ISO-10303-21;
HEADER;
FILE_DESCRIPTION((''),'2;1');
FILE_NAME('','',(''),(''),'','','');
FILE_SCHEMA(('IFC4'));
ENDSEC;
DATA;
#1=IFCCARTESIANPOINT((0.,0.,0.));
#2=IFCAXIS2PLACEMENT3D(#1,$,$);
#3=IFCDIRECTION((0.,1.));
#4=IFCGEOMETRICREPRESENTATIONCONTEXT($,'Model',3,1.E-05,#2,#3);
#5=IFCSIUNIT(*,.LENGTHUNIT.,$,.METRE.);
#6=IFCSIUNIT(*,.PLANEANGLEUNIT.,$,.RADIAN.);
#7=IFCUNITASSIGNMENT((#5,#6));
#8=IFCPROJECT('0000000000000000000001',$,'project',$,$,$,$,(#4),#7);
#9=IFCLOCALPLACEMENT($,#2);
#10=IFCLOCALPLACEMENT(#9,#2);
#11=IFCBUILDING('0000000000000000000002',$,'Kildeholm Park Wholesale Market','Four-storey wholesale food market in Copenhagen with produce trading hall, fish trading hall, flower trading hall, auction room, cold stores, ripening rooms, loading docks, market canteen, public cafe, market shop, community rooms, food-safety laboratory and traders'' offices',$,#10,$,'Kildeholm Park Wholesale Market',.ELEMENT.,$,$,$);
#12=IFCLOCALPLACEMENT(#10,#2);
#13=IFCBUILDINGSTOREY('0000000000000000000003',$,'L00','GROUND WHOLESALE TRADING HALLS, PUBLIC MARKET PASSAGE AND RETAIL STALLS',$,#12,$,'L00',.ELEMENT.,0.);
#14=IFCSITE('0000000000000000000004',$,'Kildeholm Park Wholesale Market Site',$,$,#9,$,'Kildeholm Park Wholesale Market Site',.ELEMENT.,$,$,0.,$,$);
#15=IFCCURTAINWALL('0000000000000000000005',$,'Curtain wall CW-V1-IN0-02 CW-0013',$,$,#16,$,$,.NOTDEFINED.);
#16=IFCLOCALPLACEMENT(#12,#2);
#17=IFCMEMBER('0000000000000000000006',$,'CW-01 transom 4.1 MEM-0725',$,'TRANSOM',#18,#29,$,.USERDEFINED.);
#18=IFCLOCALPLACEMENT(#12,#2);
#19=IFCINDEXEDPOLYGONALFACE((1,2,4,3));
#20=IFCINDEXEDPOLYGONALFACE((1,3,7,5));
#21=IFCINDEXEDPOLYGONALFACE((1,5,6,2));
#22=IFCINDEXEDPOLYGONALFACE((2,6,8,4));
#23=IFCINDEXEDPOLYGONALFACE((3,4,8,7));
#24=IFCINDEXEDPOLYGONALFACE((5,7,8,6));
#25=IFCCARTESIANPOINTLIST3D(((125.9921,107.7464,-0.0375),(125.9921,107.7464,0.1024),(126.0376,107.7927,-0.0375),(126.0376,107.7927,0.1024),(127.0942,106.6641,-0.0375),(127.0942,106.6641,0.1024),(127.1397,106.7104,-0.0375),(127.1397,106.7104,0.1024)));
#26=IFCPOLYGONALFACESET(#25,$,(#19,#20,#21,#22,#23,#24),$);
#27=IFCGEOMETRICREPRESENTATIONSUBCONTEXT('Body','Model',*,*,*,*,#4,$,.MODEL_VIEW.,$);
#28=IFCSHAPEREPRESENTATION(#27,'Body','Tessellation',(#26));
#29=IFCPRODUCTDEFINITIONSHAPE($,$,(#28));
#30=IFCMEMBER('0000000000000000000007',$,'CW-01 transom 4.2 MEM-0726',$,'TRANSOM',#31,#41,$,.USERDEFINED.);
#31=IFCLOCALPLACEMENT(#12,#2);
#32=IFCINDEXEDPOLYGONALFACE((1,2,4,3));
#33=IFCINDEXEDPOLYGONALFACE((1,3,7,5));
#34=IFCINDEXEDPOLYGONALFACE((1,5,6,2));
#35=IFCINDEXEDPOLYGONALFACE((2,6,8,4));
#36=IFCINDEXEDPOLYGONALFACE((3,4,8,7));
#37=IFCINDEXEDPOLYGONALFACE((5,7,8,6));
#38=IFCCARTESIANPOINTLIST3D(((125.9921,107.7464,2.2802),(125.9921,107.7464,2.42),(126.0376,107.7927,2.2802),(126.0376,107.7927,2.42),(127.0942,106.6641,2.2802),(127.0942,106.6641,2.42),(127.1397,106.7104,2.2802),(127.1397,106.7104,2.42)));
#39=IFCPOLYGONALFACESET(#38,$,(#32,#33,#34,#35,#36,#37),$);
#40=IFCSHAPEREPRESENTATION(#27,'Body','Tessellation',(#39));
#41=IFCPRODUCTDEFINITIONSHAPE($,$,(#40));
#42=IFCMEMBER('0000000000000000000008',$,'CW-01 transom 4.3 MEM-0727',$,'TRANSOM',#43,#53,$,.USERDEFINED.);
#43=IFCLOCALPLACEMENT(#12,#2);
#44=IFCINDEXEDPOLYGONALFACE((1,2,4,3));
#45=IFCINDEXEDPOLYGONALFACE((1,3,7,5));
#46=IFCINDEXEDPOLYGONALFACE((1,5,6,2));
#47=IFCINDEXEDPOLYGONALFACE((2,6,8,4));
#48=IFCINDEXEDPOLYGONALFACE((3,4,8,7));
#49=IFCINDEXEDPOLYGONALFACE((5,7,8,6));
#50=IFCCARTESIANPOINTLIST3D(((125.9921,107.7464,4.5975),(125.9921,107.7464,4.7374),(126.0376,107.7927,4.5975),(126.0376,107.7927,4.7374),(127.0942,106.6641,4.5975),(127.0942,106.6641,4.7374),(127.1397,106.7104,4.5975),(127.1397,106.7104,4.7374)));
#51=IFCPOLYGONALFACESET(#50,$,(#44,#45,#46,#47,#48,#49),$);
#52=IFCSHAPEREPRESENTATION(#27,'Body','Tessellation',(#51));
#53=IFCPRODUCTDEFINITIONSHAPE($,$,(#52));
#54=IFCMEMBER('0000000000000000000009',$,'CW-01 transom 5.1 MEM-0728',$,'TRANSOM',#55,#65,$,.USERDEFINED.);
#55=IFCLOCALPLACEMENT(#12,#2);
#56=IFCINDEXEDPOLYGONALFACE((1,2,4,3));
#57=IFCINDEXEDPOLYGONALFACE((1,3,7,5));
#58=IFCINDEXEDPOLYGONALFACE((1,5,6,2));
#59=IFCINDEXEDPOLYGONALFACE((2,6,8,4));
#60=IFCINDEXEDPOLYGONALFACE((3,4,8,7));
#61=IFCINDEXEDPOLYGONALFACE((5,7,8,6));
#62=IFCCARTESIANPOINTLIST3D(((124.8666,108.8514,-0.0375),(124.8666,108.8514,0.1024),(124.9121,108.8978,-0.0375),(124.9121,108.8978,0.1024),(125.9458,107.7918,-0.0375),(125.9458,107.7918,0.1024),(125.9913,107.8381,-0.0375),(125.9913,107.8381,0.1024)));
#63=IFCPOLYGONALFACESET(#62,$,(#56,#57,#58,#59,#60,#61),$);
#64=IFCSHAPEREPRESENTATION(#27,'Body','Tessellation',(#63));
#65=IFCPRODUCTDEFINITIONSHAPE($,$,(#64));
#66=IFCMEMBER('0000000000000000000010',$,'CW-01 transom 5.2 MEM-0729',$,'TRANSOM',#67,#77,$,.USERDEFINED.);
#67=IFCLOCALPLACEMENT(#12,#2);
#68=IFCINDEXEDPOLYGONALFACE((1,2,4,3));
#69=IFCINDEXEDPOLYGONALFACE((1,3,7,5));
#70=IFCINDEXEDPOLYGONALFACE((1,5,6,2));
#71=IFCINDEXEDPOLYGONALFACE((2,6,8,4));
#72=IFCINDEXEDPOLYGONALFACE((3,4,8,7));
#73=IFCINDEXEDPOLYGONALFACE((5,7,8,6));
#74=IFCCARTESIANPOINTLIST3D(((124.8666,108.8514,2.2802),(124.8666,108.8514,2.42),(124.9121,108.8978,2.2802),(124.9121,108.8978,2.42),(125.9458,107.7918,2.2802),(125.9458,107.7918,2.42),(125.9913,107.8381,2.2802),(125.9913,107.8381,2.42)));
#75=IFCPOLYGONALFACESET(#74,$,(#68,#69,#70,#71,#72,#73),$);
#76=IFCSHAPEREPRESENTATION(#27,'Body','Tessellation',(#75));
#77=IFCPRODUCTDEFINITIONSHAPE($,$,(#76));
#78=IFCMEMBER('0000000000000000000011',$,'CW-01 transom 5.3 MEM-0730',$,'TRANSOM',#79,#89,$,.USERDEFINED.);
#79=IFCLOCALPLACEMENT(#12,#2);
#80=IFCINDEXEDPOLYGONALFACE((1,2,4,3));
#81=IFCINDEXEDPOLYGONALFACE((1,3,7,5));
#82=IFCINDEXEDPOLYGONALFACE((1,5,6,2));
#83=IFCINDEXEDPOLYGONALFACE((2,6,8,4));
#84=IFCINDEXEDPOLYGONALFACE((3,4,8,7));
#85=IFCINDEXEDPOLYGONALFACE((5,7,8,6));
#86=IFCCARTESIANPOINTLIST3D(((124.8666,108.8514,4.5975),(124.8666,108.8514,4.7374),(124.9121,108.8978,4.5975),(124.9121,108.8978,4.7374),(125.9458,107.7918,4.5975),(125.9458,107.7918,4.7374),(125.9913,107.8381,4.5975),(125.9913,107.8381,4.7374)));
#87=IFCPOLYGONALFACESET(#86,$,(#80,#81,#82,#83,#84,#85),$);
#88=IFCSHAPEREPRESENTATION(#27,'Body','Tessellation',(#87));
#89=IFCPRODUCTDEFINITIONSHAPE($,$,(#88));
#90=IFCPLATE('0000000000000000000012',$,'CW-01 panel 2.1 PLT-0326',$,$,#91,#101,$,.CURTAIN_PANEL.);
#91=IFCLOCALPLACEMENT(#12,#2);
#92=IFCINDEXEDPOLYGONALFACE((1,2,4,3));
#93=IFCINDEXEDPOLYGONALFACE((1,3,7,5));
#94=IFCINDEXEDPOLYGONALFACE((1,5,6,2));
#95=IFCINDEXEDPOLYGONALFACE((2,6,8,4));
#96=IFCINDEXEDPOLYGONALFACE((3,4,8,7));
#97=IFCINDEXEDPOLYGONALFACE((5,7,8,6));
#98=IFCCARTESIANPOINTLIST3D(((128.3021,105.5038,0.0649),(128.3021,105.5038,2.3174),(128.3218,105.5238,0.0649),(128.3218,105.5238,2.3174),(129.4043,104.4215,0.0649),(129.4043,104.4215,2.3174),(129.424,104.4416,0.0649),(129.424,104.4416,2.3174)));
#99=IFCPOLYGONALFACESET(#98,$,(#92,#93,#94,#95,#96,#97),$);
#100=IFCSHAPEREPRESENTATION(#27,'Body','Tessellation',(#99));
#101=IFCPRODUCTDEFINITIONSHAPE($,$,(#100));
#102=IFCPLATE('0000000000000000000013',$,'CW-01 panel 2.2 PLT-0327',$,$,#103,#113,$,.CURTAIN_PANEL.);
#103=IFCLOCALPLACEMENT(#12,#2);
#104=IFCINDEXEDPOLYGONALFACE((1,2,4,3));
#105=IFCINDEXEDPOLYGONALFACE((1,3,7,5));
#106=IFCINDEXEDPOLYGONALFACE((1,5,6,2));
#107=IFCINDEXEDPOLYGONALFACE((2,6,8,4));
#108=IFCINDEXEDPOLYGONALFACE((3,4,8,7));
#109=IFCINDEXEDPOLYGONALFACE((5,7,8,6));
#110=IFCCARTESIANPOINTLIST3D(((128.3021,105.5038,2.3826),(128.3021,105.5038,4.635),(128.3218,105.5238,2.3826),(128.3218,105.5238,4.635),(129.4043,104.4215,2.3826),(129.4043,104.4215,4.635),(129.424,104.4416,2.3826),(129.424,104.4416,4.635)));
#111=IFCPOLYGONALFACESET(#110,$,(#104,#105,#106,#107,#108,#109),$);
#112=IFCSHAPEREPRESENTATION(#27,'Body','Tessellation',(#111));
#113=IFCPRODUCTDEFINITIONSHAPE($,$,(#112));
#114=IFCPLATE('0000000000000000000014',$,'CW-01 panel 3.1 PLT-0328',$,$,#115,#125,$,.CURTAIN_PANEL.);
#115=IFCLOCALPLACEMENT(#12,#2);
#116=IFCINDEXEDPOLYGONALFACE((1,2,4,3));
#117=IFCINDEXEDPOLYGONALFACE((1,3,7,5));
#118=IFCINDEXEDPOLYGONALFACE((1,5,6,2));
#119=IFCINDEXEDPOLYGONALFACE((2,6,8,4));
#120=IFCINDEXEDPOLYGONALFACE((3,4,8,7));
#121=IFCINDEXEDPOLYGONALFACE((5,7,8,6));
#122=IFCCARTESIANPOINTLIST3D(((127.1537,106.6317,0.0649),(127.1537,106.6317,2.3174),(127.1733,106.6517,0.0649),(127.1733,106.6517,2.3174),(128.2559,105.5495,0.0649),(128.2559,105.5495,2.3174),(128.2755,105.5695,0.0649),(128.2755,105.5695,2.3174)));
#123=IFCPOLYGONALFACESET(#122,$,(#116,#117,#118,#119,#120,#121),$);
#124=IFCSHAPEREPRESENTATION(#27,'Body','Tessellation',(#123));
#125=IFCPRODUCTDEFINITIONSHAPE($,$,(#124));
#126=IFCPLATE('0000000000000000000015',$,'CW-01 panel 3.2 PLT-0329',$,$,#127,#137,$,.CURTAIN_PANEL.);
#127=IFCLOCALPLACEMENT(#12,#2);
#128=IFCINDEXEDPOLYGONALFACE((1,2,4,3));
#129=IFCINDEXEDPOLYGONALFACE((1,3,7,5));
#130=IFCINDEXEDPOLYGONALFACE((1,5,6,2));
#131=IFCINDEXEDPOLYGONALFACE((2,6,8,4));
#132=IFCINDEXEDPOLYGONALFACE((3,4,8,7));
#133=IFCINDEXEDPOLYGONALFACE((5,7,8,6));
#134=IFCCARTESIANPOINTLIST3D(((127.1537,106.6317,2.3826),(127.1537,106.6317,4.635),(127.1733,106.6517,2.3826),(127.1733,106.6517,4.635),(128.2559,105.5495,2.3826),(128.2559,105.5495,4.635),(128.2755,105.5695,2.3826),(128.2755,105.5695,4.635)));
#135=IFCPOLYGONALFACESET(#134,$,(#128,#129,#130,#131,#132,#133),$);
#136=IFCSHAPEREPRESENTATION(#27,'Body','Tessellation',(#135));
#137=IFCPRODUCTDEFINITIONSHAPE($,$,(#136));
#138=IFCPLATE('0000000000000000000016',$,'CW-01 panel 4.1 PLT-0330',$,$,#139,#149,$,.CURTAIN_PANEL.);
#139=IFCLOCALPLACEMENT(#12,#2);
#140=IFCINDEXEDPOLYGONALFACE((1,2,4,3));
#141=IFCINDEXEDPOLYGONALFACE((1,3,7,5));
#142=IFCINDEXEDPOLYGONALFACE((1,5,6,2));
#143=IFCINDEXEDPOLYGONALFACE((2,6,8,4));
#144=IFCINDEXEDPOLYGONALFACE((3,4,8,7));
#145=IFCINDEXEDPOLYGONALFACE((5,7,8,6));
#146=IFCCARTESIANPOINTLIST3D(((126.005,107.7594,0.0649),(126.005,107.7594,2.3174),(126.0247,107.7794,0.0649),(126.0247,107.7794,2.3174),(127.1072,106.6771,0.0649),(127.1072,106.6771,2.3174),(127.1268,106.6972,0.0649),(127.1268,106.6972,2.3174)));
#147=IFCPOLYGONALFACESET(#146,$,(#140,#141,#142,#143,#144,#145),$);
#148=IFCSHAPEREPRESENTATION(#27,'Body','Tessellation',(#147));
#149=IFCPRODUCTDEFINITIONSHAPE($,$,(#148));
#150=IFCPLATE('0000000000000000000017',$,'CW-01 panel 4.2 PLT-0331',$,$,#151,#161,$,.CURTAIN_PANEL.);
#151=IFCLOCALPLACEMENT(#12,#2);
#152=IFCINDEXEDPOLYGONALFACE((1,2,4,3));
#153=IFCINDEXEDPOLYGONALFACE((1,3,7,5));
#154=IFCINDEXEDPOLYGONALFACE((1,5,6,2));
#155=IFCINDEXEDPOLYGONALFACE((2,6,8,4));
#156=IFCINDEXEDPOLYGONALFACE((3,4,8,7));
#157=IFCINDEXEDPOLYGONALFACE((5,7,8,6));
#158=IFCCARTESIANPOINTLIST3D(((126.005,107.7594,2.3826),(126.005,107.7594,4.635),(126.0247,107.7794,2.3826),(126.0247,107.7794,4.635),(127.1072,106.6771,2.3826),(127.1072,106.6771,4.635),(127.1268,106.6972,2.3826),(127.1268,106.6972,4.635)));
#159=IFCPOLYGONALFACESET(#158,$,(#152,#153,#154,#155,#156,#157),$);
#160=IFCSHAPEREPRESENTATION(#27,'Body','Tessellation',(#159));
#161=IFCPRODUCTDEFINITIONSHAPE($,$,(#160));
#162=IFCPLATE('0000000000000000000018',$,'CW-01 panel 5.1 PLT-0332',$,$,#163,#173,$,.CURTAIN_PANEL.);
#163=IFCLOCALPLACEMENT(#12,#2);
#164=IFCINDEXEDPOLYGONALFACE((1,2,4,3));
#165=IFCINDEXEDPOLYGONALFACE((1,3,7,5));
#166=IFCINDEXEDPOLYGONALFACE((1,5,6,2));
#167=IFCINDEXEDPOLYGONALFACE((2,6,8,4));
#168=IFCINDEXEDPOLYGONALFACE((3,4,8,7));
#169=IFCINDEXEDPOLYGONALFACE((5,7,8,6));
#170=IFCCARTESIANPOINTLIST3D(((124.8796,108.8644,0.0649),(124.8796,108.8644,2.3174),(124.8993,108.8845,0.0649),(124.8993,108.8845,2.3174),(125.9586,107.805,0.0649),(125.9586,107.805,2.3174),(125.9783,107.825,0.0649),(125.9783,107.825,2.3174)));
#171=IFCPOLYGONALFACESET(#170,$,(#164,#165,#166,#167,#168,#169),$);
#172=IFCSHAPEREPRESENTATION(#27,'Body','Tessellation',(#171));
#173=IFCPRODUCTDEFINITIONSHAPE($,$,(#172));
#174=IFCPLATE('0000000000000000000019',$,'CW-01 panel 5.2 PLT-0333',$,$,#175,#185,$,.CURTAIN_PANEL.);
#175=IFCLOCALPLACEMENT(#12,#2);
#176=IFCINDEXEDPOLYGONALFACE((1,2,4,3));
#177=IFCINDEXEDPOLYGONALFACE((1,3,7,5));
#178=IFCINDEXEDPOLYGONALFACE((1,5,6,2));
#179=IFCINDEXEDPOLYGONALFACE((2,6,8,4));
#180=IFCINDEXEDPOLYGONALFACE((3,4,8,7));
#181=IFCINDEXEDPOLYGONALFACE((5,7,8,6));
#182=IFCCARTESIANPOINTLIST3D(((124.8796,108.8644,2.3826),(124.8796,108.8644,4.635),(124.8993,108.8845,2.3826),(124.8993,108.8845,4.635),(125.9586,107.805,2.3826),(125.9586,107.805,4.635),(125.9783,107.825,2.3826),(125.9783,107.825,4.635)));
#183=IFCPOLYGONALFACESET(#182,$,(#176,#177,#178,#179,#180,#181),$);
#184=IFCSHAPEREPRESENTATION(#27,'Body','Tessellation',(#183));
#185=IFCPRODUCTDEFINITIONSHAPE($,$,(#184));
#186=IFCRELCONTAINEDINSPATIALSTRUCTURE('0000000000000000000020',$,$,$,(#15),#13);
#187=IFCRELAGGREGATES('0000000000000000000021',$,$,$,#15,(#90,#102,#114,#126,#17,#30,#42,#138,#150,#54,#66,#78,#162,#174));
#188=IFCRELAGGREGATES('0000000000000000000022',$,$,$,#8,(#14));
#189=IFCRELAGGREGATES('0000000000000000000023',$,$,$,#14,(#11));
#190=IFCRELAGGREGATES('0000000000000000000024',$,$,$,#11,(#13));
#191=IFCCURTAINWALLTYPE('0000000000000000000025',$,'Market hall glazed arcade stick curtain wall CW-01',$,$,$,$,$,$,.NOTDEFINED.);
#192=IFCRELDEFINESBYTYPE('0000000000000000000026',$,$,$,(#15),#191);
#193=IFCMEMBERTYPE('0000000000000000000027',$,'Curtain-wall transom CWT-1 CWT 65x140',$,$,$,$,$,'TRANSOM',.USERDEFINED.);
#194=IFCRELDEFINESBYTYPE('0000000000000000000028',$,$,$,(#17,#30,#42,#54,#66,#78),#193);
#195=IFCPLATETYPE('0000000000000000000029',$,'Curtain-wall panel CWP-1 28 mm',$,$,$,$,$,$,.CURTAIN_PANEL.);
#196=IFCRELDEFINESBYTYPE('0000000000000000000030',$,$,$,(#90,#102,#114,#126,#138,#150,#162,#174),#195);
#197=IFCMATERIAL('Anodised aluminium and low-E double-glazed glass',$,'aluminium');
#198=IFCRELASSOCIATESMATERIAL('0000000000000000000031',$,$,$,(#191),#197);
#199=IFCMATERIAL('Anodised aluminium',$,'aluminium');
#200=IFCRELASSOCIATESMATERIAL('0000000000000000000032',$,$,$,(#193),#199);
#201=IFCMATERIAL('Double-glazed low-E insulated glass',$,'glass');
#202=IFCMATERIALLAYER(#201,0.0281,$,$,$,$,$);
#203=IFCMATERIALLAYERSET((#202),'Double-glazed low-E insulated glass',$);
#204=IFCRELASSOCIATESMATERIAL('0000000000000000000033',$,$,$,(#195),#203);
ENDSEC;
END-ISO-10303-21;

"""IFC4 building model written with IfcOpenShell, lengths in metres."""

from ifc_helpers import new_model, si_unit, direction, frame, origin, origin_2d, place, context, subcontext, project, spatial, rectangle, extrude, material, layer, layer_set, material_profile, profile_set, type_object, element, aggregate, save


model = new_model("IFC4")

# Units and contexts
model_context = context("Model", 3, precision=1e-05, world=origin(), true_north=direction((0.0, 1.0)))
body_context = subcontext(model_context, "Body", "Model", "MODEL_VIEW")
ifc_project = project(units=[si_unit("LENGTHUNIT", "METRE"), si_unit("PLANEANGLEUNIT", "RADIAN")], contexts=[model_context])

# Site, building, storey
site_placement = place(None, origin())
site = spatial("IfcSite", under=ifc_project, at=site_placement, Name="Kildeholm Park Wholesale Market Site", LongName="Kildeholm Park Wholesale Market Site", CompositionType="ELEMENT", RefElevation=0.0)
building_placement = place(site_placement, origin())
building = spatial("IfcBuilding", under=site, at=building_placement, Name="Kildeholm Park Wholesale Market", Description="Four-storey wholesale food market in Copenhagen with produce trading hall, fish trading hall, flower trading hall, auction room, cold stores, ripening rooms, loading docks, market canteen, public cafe, market shop, community rooms, food-safety laboratory and traders' offices", LongName="Kildeholm Park Wholesale Market", CompositionType="ELEMENT")
storey_placement = place(building_placement, origin())
storey = spatial("IfcBuildingStorey", under=building, at=storey_placement, Name="L00", Description="GROUND WHOLESALE TRADING HALLS, PUBLIC MARKET PASSAGE AND RETAIL STALLS", LongName="L00", CompositionType="ELEMENT", Elevation=0.0)

# Curtain wall, members, plates
ifc_material_1 = material(Name="Anodised aluminium and low-E double-glazed glass", Category="aluminium")
curtain_wall_type = type_object("IfcCurtainWallType", Name="Market hall glazed arcade stick curtain wall CW-01", PredefinedType="NOTDEFINED", material=ifc_material_1)
curtain_wall_placement = place(storey_placement, origin())
curtain_wall = element("IfcCurtainWall", 1, at=curtain_wall_placement, inside=storey, type_object=curtain_wall_type, Name="Curtain wall CW-V1-IN0-02 CW-0013", PredefinedType="NOTDEFINED")
ifc_material_2 = material(Name="Anodised aluminium", Category="aluminium")
ifc_material_profile_1 = material_profile(ifc_material_2, rectangle(XDim=0.0649, YDim=0.1399, at=origin_2d()), Name="CWT 65x140")
ifc_profile_set_1 = profile_set([ifc_material_profile_1], Name="Anodised aluminium")
member_type_1 = type_object("IfcMemberType", Name="Curtain-wall transom CWT-1 CWT 65x140", ElementType="TRANSOM", PredefinedType="USERDEFINED", material=ifc_profile_set_1)
member_1_placement = place(storey_placement, frame((127.1169, 106.6873, 0.0325), z_axis=(-0.713479, 0.700676, 0.0), x_axis=(-0.700676, -0.713479, 0.0)))
member_1 = element("IfcMember", 2, at=member_1_placement, type_object=member_type_1, Name="CW-01 transom 4.1 MEM-0725", ObjectType="TRANSOM", PredefinedType="USERDEFINED", context=body_context, shape_type="SweptSolid", body=[
    extrude(rectangle(XDim=0.0649, YDim=0.1399, at=origin_2d()), origin(), (0.0, 0.0, 1.0), 1.5447),
])
member_2_placement = place(storey_placement, frame((127.1169, 106.6873, 2.3501), z_axis=(-0.713479, 0.700676, 0.0), x_axis=(-0.700676, -0.713479, 0.0)))
member_2 = element("IfcMember", 3, at=member_2_placement, type_object=member_type_1, Name="CW-01 transom 4.2 MEM-0726", ObjectType="TRANSOM", PredefinedType="USERDEFINED", context=body_context, shape_type="SweptSolid", body=[
    extrude(rectangle(XDim=0.0649, YDim=0.1399, at=origin_2d()), origin(), (0.0, 0.0, 1.0), 1.5447),
])
member_3_placement = place(storey_placement, frame((127.1169, 106.6873, 4.6675), z_axis=(-0.713479, 0.700676, 0.0), x_axis=(-0.700676, -0.713479, 0.0)))
member_3 = element("IfcMember", 4, at=member_3_placement, type_object=member_type_1, Name="CW-01 transom 4.3 MEM-0727", ObjectType="TRANSOM", PredefinedType="USERDEFINED", context=body_context, shape_type="SweptSolid", body=[
    extrude(rectangle(XDim=0.0649, YDim=0.1399, at=origin_2d()), origin(), (0.0, 0.0, 1.0), 1.5447),
])
member_4_placement = place(storey_placement, frame((125.9685, 107.8149, 0.0325), z_axis=(-0.713535, 0.70062, 0.0), x_axis=(-0.70062, -0.713535, 0.0)))
member_4 = element("IfcMember", 5, at=member_4_placement, type_object=member_type_1, Name="CW-01 transom 5.1 MEM-0728", ObjectType="TRANSOM", PredefinedType="USERDEFINED", context=body_context, shape_type="SweptSolid", body=[
    extrude(rectangle(XDim=0.0649, YDim=0.1399, at=origin_2d()), origin(), (0.0, 0.0, 1.0), 1.5125),
])
member_5_placement = place(storey_placement, frame((125.9685, 107.8149, 2.3501), z_axis=(-0.713535, 0.70062, 0.0), x_axis=(-0.70062, -0.713535, 0.0)))
member_5 = element("IfcMember", 6, at=member_5_placement, type_object=member_type_1, Name="CW-01 transom 5.2 MEM-0729", ObjectType="TRANSOM", PredefinedType="USERDEFINED", context=body_context, shape_type="SweptSolid", body=[
    extrude(rectangle(XDim=0.0649, YDim=0.1399, at=origin_2d()), origin(), (0.0, 0.0, 1.0), 1.5125),
])
member_6_placement = place(storey_placement, frame((125.9685, 107.8149, 4.6675), z_axis=(-0.713535, 0.70062, 0.0), x_axis=(-0.70062, -0.713535, 0.0)))
member_6 = element("IfcMember", 7, at=member_6_placement, type_object=member_type_1, Name="CW-01 transom 5.3 MEM-0730", ObjectType="TRANSOM", PredefinedType="USERDEFINED", context=body_context, shape_type="SweptSolid", body=[
    extrude(rectangle(XDim=0.0649, YDim=0.1399, at=origin_2d()), origin(), (0.0, 0.0, 1.0), 1.5125),
])
ifc_material_3 = material(Name="Double-glazed low-E insulated glass", Category="glass")
ifc_layer_1 = layer(ifc_material_3, 0.0281)
ifc_layer_set_1 = layer_set([ifc_layer_1], Name="Double-glazed low-E insulated glass")
plate_type = type_object("IfcPlateType", Name="Curtain-wall panel CWP-1 28 mm", PredefinedType="CURTAIN_PANEL", material=ifc_layer_set_1)
plate_1_placement = place(storey_placement, frame((128.863, 104.9727, 0.0649), z_axis=(0.0, 0.0, 1.0), x_axis=(-0.713538, 0.700617, 0.0)))
plate_1 = element("IfcPlate", 8, at=plate_1_placement, type_object=plate_type, Name="CW-01 panel 2.1 PLT-0326", PredefinedType="CURTAIN_PANEL", context=body_context, shape_type="SweptSolid", body=[
    extrude(rectangle(XDim=1.5447, YDim=0.0281, at=origin_2d()), origin(), (0.0, 0.0, 1.0), 2.2524),
])
plate_2_placement = place(storey_placement, frame((128.863, 104.9727, 2.3826), z_axis=(0.0, 0.0, 1.0), x_axis=(-0.713538, 0.700617, 0.0)))
plate_2 = element("IfcPlate", 9, at=plate_2_placement, type_object=plate_type, Name="CW-01 panel 2.2 PLT-0327", PredefinedType="CURTAIN_PANEL", context=body_context, shape_type="SweptSolid", body=[
    extrude(rectangle(XDim=1.5447, YDim=0.0281, at=origin_2d()), origin(), (0.0, 0.0, 1.0), 2.2524),
])
plate_3_placement = place(storey_placement, frame((127.7146, 106.1006, 0.0649), z_axis=(0.0, 0.0, 1.0), x_axis=(-0.713538, 0.700617, 0.0)))
plate_3 = element("IfcPlate", 10, at=plate_3_placement, type_object=plate_type, Name="CW-01 panel 3.1 PLT-0328", PredefinedType="CURTAIN_PANEL", context=body_context, shape_type="SweptSolid", body=[
    extrude(rectangle(XDim=1.5447, YDim=0.0281, at=origin_2d()), origin(), (0.0, 0.0, 1.0), 2.2524),
])
plate_4_placement = place(storey_placement, frame((127.7146, 106.1006, 2.3826), z_axis=(0.0, 0.0, 1.0), x_axis=(-0.713538, 0.700617, 0.0)))
plate_4 = element("IfcPlate", 11, at=plate_4_placement, type_object=plate_type, Name="CW-01 panel 3.2 PLT-0329", PredefinedType="CURTAIN_PANEL", context=body_context, shape_type="SweptSolid", body=[
    extrude(rectangle(XDim=1.5447, YDim=0.0281, at=origin_2d()), origin(), (0.0, 0.0, 1.0), 2.2524),
])
plate_5_placement = place(storey_placement, frame((126.5659, 107.2283, 0.0649), z_axis=(0.0, 0.0, 1.0), x_axis=(-0.713538, 0.700617, 0.0)))
plate_5 = element("IfcPlate", 12, at=plate_5_placement, type_object=plate_type, Name="CW-01 panel 4.1 PLT-0330", PredefinedType="CURTAIN_PANEL", context=body_context, shape_type="SweptSolid", body=[
    extrude(rectangle(XDim=1.5447, YDim=0.0281, at=origin_2d()), origin(), (0.0, 0.0, 1.0), 2.2524),
])
plate_6_placement = place(storey_placement, frame((126.5659, 107.2283, 2.3826), z_axis=(0.0, 0.0, 1.0), x_axis=(-0.713538, 0.700617, 0.0)))
plate_6 = element("IfcPlate", 13, at=plate_6_placement, type_object=plate_type, Name="CW-01 panel 4.2 PLT-0331", PredefinedType="CURTAIN_PANEL", context=body_context, shape_type="SweptSolid", body=[
    extrude(rectangle(XDim=1.5447, YDim=0.0281, at=origin_2d()), origin(), (0.0, 0.0, 1.0), 2.2524),
])
plate_7_placement = place(storey_placement, frame((125.429, 108.3447, 0.0649), z_axis=(0.0, 0.0, 1.0), x_axis=(-0.713538, 0.700617, 0.0)))
plate_7 = element("IfcPlate", 14, at=plate_7_placement, type_object=plate_type, Name="CW-01 panel 5.1 PLT-0332", PredefinedType="CURTAIN_PANEL", context=body_context, shape_type="SweptSolid", body=[
    extrude(rectangle(XDim=1.5122, YDim=0.0281, at=origin_2d()), origin(), (0.0, 0.0, 1.0), 2.2524),
])
plate_8_placement = place(storey_placement, frame((125.429, 108.3447, 2.3826), z_axis=(0.0, 0.0, 1.0), x_axis=(-0.713538, 0.700617, 0.0)))
plate_8 = element("IfcPlate", 15, at=plate_8_placement, type_object=plate_type, Name="CW-01 panel 5.2 PLT-0333", PredefinedType="CURTAIN_PANEL", context=body_context, shape_type="SweptSolid", body=[
    extrude(rectangle(XDim=1.5122, YDim=0.0281, at=origin_2d()), origin(), (0.0, 0.0, 1.0), 2.2524),
])
aggregate(curtain_wall, [plate_1, plate_2, plate_3, plate_4, member_1, member_2, member_3, plate_5, plate_6, member_4, member_5, member_6, plate_7, plate_8])

save(model, "model.ifc")
